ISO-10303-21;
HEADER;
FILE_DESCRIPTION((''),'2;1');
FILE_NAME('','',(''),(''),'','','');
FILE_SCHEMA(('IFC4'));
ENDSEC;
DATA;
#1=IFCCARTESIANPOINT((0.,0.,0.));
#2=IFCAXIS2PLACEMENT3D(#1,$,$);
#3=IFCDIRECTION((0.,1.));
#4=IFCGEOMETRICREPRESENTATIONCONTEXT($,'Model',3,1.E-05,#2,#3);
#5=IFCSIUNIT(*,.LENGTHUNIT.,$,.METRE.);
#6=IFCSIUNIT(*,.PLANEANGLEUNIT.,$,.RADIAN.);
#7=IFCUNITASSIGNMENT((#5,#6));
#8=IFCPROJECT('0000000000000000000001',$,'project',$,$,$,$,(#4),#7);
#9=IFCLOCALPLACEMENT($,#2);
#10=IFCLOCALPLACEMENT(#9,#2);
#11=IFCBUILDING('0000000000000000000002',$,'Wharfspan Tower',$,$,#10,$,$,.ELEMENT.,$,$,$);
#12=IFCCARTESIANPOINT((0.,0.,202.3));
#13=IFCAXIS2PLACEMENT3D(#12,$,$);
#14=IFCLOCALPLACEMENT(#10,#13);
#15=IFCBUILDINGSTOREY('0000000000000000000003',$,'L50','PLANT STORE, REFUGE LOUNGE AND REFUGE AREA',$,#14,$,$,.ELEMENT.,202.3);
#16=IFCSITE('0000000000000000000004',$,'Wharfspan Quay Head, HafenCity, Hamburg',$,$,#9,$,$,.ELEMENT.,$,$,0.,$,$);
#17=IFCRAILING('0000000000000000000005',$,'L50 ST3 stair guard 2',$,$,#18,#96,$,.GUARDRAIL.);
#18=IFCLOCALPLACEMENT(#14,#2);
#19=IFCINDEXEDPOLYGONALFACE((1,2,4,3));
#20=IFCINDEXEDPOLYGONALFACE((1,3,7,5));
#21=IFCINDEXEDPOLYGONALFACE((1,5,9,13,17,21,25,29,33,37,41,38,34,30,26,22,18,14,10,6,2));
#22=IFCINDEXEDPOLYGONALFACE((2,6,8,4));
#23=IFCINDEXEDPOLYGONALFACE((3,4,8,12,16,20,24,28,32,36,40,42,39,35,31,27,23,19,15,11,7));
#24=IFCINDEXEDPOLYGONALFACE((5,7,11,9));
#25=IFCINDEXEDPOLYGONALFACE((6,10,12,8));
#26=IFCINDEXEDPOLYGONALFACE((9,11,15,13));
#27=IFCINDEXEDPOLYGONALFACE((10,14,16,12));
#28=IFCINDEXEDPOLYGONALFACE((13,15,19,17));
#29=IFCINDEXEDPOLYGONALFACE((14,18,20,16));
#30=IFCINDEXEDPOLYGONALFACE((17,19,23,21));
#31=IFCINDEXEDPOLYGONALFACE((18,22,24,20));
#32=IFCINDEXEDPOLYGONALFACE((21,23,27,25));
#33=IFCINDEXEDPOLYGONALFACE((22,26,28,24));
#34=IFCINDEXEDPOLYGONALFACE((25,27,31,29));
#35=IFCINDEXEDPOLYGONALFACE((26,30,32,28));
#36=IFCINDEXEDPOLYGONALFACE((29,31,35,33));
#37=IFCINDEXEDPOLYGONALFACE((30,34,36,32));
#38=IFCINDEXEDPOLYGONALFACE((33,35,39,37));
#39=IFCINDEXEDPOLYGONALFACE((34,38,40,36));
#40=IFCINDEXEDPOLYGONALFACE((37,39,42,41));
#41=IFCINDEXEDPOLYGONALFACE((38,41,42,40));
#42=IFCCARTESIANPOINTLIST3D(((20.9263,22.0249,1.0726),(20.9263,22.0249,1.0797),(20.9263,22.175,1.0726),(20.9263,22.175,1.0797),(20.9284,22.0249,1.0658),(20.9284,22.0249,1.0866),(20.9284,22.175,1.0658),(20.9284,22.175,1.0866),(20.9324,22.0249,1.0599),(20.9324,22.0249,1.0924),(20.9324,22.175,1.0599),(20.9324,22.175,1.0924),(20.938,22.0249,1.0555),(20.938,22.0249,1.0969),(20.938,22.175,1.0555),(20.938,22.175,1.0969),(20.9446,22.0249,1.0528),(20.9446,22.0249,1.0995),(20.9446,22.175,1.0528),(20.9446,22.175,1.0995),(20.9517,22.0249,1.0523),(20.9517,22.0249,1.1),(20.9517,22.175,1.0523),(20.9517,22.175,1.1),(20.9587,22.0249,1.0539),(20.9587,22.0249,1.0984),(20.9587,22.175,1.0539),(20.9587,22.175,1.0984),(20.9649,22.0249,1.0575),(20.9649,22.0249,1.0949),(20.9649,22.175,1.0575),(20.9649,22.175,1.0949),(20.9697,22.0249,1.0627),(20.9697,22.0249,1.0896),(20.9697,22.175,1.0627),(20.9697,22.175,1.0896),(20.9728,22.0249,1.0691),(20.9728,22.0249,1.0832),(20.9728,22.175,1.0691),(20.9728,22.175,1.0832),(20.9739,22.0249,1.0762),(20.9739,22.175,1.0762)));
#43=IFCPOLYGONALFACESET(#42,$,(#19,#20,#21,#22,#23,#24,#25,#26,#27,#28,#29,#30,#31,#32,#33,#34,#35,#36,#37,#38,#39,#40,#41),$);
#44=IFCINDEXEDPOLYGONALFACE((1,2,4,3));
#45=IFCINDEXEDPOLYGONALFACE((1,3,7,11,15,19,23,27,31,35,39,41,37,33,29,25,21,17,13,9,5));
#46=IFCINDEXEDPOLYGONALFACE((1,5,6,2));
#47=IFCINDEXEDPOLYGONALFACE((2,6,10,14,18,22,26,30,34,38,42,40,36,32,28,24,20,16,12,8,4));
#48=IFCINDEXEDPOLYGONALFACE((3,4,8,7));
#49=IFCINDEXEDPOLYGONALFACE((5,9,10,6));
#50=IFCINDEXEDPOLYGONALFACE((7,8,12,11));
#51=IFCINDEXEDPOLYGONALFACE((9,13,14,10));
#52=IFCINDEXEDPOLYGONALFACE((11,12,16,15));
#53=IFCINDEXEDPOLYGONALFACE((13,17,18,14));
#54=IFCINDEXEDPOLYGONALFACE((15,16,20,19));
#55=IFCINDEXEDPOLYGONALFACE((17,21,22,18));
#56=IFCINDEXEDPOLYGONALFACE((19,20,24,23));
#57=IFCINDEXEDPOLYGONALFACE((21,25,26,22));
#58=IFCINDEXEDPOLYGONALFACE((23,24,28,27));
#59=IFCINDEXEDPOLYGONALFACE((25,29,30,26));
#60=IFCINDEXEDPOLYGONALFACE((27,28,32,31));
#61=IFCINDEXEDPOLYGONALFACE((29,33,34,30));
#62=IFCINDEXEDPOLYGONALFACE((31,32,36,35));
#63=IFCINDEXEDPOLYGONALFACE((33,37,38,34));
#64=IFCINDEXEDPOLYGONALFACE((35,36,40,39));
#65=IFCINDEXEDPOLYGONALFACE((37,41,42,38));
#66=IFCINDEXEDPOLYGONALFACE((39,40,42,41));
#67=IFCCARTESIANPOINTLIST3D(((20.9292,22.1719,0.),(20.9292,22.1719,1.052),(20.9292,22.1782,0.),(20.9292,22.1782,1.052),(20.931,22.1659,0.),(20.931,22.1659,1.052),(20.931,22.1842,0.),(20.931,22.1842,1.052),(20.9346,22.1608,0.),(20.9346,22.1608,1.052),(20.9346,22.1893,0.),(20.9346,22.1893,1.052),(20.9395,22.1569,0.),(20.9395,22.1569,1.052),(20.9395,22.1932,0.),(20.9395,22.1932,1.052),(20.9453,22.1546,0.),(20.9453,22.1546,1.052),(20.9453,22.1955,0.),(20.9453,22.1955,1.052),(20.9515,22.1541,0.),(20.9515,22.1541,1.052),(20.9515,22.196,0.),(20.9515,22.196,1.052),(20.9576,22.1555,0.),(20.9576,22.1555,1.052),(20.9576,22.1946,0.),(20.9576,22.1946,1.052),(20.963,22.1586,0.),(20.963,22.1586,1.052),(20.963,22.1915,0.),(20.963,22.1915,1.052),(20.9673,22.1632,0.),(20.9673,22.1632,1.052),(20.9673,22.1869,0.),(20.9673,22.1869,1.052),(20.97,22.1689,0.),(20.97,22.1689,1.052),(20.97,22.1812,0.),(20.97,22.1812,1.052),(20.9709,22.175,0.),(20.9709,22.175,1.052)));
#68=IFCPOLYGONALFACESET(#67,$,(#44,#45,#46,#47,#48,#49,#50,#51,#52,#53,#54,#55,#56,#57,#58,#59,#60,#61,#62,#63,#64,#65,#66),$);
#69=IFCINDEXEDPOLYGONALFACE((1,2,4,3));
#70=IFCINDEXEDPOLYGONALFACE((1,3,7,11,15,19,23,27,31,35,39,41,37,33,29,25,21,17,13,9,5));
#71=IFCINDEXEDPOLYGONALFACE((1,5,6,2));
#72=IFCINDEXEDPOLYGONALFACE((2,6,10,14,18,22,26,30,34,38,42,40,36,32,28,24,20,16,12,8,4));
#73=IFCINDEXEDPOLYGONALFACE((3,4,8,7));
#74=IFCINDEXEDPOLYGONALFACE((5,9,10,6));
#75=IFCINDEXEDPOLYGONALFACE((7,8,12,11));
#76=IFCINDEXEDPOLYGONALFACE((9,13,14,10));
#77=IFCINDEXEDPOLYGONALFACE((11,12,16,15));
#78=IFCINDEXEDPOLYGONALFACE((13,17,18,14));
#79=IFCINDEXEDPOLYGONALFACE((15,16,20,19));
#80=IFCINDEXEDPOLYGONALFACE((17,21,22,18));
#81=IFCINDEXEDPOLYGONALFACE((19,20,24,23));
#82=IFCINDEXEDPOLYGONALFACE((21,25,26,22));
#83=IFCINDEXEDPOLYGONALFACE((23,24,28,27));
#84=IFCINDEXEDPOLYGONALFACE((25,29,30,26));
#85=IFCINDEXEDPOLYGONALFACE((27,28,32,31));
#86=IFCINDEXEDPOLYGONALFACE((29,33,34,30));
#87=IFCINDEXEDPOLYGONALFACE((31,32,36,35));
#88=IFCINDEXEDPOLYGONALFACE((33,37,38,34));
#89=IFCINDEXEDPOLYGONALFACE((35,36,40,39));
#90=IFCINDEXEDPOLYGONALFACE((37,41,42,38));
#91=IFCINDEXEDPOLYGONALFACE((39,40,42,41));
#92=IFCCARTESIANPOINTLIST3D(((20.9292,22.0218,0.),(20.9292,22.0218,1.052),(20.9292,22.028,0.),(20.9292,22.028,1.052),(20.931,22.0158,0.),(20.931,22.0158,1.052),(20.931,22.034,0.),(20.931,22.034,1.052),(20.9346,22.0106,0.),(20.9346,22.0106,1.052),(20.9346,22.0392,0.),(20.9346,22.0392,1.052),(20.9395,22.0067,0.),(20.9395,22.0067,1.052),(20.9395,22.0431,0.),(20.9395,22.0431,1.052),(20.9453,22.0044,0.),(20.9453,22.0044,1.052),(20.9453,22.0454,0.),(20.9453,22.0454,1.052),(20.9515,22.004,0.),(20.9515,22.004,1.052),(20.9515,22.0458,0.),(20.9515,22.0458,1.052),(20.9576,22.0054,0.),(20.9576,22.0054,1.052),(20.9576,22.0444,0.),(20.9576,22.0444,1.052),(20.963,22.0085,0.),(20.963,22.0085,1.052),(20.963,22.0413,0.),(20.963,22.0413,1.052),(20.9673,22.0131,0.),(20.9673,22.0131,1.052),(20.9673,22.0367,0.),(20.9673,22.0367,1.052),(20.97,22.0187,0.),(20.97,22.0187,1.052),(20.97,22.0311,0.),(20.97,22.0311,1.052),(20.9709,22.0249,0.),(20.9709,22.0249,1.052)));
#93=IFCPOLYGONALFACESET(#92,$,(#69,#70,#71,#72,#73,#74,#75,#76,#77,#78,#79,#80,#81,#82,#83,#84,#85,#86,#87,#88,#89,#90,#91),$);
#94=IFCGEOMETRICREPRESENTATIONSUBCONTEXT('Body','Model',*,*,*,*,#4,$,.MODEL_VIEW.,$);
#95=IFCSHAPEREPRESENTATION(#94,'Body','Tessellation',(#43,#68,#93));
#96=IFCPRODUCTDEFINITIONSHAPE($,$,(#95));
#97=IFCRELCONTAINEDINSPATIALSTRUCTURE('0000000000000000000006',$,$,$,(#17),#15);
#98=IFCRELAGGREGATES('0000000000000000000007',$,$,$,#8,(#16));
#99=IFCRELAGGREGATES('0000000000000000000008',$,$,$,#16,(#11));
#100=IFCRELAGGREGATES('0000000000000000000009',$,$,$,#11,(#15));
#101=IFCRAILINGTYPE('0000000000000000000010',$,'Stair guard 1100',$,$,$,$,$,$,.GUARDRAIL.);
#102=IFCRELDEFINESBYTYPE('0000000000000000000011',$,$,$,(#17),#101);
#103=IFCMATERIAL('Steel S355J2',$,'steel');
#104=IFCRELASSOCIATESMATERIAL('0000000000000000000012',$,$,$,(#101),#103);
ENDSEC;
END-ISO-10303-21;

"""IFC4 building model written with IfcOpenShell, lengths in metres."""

from ifc_helpers import new_model, si_unit, direction, frame, origin, origin_2d, place, context, subcontext, project, spatial, circle, extrude, material, type_object, element, save


model = new_model("IFC4")

# Units and contexts
model_context = context("Model", 3, precision=1e-05, world=origin(), true_north=direction((0.0, 1.0)))
body_context = subcontext(model_context, "Body", "Model", "MODEL_VIEW")
ifc_project = project(units=[si_unit("LENGTHUNIT", "METRE"), si_unit("PLANEANGLEUNIT", "RADIAN")], contexts=[model_context])

# Site, building, storey
site_placement = place(None, origin())
site = spatial("IfcSite", under=ifc_project, at=site_placement, Name="Wharfspan Quay Head, HafenCity, Hamburg", CompositionType="ELEMENT", RefElevation=0.0)
building_placement = place(site_placement, origin())
building = spatial("IfcBuilding", under=site, at=building_placement, Name="Wharfspan Tower", CompositionType="ELEMENT")
storey_placement = place(building_placement, frame((0.0, 0.0, 202.3)))
storey = spatial("IfcBuildingStorey", under=building, at=storey_placement, Name="L50", Description="PLANT STORE, REFUGE LOUNGE AND REFUGE AREA", CompositionType="ELEMENT", Elevation=202.3)

# Shared definitions
ifc_material_1 = material(Name="Steel S355J2", Category="steel")

# Railing
railing_type_1 = type_object("IfcRailingType", Name="Stair guard 1100", PredefinedType="GUARDRAIL", material=ifc_material_1)
railing_1_placement = place(storey_placement, frame((20.95, 22.175, 0.0)))
element("IfcRailing", 1, at=railing_1_placement, inside=storey, type_object=railing_type_1, Name="L50 ST3 stair guard 2", PredefinedType="GUARDRAIL", context=body_context, shape_type="SweptSolid", body=[
    extrude(circle(Radius=0.0239, at=origin_2d()), frame((0.0, 0.0, 1.0762), z_axis=(0.0, -1.0, 0.0), x_axis=(1.0, 0.0, 0.0)), (0.0, 0.0, 1.0), 0.1501),
    extrude(circle(Radius=0.021, at=origin_2d()), origin(), (0.0, 0.0, 1.0), 1.052),
    extrude(circle(Radius=0.021, at=origin_2d()), frame((0.0, -0.1501, 0.0)), (0.0, 0.0, 1.0), 1.052),
])

save(model, "model.ifc")
